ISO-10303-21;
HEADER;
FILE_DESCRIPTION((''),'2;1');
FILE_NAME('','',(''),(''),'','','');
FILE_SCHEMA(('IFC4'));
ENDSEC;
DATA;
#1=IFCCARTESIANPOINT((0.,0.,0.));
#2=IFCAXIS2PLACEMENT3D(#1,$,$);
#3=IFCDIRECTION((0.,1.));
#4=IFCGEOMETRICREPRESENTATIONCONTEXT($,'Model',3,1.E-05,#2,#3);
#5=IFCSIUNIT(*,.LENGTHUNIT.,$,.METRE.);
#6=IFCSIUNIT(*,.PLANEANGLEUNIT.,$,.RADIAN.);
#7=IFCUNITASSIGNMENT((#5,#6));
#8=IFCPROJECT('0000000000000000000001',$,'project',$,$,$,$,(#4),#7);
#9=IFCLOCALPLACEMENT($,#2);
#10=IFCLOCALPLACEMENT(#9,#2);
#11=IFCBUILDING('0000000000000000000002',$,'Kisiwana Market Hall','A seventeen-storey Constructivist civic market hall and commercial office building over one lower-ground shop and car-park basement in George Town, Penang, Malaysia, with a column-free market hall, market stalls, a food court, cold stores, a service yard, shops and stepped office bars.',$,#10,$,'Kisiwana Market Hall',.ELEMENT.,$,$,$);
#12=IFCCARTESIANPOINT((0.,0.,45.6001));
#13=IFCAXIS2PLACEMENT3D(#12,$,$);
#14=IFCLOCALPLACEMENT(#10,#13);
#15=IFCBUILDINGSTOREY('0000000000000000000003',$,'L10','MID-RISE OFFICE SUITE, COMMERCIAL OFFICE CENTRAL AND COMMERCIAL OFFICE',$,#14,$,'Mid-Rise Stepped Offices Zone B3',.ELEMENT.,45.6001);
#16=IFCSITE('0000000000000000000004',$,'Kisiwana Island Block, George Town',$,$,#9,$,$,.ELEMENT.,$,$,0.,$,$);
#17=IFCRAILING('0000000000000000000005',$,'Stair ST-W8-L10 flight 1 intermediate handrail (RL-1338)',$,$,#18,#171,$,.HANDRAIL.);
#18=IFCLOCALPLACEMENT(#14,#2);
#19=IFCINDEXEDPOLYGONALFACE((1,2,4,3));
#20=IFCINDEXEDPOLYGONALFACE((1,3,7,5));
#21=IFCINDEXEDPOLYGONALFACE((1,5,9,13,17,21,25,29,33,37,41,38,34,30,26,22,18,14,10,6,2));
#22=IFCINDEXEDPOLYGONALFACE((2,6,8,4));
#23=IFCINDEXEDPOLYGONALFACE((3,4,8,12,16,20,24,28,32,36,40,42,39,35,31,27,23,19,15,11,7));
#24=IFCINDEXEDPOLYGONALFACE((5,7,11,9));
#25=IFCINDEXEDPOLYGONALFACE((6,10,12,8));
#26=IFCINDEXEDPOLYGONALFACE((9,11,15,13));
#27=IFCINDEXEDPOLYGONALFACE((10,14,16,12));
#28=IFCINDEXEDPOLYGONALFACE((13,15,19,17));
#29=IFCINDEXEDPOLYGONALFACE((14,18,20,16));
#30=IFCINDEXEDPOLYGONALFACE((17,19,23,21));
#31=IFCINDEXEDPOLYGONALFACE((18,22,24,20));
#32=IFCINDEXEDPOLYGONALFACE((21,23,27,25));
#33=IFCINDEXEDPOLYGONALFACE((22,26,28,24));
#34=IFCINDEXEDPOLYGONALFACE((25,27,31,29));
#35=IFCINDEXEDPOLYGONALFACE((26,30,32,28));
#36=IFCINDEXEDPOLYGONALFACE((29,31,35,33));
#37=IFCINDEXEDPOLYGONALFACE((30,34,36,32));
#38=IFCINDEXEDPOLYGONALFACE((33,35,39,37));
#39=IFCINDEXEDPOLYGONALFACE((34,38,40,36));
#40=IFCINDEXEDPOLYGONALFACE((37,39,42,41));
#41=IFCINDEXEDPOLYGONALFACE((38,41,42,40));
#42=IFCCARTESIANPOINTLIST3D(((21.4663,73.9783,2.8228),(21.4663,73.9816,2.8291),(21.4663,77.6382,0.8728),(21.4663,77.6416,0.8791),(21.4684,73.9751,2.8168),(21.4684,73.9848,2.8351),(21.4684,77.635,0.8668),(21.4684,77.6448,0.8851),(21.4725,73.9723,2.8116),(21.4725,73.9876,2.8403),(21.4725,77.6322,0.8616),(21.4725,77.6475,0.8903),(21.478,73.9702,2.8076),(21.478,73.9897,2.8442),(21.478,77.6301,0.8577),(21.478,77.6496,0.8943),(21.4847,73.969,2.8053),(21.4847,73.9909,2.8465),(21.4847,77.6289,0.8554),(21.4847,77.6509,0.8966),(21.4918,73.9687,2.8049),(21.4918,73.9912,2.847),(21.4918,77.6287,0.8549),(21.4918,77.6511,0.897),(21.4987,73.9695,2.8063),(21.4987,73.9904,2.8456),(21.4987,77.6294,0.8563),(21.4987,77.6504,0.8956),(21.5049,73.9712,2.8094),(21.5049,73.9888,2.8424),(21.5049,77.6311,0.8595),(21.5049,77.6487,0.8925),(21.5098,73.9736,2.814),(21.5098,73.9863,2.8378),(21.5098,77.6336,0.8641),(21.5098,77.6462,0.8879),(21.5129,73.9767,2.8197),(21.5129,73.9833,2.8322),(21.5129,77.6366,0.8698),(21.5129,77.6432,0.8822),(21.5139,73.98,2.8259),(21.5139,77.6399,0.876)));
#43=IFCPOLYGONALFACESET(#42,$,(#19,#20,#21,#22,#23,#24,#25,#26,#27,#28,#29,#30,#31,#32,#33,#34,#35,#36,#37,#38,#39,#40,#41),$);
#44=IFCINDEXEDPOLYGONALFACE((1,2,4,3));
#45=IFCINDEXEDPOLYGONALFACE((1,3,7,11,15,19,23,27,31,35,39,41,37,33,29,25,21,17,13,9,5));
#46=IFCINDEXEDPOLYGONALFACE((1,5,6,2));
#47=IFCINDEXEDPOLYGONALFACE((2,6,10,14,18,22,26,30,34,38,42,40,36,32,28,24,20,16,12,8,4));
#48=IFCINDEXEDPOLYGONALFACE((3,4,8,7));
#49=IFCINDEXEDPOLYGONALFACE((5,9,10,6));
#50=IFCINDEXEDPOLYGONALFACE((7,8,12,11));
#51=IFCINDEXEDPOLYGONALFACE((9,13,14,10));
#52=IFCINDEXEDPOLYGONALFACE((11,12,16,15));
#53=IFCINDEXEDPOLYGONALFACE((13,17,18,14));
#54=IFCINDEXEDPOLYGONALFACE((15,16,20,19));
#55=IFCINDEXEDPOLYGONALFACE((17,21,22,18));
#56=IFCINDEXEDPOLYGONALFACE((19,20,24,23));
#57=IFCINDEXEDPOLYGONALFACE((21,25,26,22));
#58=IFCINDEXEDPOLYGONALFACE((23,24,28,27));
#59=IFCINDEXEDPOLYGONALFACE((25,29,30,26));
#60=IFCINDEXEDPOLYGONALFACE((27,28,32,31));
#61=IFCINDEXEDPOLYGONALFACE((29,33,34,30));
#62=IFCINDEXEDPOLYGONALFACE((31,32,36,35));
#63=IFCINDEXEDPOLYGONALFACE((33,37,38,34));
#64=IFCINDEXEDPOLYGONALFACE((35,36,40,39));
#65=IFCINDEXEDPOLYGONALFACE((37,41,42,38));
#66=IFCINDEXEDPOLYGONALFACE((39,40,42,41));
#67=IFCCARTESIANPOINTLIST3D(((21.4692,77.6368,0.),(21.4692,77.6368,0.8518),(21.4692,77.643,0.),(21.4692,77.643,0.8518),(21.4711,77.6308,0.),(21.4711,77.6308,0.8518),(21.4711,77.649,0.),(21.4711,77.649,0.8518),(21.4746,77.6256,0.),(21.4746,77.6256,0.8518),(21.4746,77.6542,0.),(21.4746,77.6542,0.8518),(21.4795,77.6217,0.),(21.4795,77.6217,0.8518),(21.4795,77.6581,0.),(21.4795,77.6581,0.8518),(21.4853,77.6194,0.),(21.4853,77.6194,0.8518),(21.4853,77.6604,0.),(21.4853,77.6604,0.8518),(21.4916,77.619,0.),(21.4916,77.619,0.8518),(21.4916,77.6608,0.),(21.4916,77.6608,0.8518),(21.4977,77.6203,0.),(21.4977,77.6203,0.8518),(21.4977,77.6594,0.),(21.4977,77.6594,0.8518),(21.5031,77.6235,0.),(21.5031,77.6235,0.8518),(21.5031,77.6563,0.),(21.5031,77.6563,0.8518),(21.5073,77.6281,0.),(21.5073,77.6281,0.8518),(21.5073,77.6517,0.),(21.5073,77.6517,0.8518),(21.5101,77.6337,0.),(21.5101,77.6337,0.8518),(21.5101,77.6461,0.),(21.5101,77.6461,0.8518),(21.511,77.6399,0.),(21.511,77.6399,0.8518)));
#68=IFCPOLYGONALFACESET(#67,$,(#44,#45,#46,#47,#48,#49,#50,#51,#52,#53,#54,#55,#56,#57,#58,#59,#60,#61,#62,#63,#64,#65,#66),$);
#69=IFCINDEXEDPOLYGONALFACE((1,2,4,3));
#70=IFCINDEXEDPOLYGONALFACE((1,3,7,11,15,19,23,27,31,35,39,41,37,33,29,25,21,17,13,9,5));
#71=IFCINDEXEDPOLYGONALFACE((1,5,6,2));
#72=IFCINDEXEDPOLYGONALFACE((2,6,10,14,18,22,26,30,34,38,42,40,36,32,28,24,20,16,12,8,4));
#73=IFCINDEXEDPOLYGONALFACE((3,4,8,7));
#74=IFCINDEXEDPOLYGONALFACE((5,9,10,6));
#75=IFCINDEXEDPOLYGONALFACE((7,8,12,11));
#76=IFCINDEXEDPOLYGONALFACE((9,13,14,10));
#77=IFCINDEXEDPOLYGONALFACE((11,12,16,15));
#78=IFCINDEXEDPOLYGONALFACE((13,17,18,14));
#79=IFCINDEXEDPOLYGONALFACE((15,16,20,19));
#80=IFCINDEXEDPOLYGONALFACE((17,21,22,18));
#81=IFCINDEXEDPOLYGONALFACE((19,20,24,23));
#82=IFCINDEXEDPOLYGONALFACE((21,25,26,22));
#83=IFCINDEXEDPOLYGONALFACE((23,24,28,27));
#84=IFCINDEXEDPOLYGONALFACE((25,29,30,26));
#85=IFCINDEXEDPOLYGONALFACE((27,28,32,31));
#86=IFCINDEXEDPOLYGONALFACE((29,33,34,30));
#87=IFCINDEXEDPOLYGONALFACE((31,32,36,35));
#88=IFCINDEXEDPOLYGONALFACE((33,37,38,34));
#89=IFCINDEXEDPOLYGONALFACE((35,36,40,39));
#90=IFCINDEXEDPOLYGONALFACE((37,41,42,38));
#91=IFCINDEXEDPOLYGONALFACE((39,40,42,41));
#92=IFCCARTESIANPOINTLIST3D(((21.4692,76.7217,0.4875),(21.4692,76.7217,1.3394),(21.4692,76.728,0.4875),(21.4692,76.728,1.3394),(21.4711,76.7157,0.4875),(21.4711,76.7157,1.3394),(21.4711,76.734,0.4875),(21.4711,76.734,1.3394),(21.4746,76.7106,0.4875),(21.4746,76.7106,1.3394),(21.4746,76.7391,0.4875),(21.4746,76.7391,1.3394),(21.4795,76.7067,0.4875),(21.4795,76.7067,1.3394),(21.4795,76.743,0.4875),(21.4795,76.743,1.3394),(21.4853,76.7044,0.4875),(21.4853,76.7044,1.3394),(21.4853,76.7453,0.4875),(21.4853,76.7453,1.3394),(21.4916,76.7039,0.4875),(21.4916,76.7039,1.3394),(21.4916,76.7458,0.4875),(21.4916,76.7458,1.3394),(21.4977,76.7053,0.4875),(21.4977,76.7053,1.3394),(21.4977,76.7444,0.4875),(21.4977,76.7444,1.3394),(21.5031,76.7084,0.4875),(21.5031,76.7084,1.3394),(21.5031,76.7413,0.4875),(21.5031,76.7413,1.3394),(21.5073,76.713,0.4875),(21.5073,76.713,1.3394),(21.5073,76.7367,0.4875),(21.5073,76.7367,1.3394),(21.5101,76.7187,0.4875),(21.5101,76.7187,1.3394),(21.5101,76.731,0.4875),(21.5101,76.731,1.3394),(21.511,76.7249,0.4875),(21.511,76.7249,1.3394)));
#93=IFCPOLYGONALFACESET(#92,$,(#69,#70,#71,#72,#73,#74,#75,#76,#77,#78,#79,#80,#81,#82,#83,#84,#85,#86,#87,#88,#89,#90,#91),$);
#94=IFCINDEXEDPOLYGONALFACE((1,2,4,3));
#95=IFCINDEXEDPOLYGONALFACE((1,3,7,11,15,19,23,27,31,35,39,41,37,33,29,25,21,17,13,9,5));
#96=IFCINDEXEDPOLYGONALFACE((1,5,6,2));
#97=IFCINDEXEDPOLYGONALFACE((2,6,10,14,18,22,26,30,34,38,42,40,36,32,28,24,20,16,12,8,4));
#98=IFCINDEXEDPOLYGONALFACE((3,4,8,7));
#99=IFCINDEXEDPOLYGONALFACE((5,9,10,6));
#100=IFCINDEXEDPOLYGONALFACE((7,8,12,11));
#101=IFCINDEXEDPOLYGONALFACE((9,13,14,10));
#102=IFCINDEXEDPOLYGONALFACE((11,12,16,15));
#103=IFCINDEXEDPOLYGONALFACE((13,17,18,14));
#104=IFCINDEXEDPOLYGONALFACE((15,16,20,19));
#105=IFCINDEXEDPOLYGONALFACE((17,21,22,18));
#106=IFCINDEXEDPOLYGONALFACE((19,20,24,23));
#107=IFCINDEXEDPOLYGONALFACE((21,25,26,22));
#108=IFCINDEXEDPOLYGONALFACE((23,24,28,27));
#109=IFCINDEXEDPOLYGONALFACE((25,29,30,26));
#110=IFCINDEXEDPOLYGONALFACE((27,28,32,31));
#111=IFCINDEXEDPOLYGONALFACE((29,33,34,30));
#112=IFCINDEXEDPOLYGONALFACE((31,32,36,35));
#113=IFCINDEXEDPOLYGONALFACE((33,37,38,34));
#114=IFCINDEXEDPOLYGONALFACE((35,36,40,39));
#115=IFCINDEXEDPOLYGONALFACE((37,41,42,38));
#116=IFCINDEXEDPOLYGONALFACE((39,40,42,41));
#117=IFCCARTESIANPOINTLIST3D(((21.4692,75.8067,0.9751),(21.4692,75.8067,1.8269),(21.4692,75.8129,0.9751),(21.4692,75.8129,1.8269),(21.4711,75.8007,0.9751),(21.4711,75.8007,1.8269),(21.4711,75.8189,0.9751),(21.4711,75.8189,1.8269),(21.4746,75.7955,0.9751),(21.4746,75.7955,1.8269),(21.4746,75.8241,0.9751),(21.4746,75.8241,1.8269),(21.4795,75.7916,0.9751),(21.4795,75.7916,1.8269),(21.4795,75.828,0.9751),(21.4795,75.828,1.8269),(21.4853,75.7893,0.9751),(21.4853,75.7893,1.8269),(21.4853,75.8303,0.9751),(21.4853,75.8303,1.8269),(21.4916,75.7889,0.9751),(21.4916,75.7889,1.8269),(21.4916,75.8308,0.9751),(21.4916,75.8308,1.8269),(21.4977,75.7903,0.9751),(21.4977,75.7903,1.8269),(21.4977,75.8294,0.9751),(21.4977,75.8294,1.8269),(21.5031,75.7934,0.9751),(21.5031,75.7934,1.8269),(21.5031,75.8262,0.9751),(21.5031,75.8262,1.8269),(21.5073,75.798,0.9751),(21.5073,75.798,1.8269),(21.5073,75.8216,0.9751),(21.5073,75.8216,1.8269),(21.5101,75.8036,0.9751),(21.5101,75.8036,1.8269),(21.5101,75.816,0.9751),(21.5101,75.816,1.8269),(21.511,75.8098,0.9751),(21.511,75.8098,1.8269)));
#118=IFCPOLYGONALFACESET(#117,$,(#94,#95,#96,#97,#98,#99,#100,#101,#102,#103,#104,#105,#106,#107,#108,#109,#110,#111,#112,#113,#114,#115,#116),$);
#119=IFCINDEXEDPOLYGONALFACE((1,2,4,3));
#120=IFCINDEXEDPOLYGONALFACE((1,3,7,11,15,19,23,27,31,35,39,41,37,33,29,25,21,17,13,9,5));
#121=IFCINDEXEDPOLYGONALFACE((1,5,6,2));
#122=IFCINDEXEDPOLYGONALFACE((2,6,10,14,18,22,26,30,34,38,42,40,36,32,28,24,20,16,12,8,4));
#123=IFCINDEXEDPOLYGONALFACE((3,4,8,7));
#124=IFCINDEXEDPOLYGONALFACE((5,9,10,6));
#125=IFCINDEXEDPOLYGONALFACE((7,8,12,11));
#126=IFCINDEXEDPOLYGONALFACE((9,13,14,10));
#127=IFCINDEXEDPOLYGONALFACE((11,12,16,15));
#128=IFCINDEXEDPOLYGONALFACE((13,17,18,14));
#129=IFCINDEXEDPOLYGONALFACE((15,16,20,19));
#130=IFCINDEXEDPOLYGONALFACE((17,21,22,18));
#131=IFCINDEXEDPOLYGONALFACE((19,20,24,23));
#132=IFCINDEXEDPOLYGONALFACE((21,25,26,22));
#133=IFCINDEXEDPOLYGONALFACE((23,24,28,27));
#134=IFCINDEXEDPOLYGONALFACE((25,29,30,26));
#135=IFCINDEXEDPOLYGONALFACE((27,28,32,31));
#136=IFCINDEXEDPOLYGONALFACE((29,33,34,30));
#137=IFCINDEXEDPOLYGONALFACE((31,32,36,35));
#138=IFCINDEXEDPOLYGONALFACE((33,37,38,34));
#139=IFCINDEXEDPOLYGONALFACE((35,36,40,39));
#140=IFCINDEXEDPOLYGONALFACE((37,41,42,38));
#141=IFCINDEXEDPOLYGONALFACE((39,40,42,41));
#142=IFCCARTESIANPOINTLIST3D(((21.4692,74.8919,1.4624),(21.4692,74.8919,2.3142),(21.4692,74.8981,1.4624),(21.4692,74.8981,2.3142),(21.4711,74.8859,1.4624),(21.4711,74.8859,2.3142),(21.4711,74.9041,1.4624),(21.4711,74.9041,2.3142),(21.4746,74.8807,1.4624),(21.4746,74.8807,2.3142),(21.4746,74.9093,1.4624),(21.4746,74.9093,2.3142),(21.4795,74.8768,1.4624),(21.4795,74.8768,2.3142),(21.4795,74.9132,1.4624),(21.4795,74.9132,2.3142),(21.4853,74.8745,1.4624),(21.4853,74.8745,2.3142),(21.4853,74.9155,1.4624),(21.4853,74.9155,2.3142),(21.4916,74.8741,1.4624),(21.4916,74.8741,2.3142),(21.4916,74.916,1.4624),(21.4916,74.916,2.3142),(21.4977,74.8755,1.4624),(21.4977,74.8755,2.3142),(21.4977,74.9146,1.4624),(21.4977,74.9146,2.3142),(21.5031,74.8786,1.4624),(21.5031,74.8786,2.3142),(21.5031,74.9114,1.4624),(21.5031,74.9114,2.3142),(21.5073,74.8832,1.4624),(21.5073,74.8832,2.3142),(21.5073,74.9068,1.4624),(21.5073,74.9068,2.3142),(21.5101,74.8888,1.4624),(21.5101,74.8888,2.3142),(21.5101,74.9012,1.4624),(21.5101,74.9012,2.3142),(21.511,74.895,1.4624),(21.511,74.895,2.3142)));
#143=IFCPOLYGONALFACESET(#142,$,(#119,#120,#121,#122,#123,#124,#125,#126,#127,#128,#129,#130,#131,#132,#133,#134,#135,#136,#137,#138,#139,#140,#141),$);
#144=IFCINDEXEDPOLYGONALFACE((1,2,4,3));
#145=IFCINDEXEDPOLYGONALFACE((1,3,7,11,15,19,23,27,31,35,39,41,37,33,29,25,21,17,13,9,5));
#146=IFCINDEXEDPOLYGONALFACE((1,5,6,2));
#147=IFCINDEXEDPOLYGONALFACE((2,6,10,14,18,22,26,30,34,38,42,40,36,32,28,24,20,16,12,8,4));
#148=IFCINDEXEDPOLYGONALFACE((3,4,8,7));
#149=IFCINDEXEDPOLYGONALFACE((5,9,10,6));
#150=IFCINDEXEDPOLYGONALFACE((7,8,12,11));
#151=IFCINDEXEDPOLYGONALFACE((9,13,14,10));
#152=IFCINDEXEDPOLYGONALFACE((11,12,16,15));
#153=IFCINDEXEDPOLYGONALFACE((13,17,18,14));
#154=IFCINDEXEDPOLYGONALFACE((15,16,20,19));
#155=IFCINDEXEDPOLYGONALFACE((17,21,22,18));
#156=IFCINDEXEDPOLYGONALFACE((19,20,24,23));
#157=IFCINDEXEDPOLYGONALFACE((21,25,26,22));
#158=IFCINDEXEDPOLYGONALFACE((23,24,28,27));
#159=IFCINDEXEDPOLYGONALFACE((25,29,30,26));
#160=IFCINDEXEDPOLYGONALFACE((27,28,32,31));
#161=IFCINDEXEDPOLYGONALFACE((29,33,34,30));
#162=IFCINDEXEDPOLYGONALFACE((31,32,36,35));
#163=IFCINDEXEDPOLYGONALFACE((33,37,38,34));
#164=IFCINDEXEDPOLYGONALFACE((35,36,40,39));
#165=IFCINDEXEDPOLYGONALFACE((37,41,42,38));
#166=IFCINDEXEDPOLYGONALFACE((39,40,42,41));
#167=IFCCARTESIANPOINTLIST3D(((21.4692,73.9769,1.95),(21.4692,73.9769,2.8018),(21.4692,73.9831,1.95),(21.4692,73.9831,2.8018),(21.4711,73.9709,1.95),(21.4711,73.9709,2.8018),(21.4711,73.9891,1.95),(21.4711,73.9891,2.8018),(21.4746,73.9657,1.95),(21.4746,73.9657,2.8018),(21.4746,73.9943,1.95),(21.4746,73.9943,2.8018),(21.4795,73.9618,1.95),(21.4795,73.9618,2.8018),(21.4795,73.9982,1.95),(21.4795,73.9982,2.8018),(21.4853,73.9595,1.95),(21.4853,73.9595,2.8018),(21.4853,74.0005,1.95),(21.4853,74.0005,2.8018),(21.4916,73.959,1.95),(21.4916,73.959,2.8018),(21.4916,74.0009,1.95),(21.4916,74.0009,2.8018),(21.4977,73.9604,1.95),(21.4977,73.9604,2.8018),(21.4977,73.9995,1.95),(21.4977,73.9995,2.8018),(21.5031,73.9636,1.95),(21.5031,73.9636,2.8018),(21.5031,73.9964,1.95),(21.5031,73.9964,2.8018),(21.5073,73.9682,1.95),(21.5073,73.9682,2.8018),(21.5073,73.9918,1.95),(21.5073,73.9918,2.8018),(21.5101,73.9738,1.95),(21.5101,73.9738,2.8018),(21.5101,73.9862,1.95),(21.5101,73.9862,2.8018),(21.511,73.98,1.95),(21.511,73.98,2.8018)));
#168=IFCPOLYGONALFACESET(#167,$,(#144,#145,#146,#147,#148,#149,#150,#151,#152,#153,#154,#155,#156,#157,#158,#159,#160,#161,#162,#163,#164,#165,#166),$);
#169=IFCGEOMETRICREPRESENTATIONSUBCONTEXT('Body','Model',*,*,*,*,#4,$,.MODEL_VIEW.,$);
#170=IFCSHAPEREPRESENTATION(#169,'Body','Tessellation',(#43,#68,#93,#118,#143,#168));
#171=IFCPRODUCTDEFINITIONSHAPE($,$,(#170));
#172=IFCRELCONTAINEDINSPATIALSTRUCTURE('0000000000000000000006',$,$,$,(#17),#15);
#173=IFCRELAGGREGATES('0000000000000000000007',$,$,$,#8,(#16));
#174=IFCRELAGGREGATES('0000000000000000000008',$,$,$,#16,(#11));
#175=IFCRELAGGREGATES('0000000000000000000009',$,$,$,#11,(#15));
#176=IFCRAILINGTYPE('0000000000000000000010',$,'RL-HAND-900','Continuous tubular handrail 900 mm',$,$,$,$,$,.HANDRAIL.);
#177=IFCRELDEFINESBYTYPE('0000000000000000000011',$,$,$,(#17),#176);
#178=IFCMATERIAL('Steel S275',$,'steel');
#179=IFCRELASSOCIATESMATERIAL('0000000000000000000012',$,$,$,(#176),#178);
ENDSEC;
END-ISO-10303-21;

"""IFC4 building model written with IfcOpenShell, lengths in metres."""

from ifc_helpers import new_model, si_unit, direction, frame, origin, origin_2d, place, context, subcontext, project, spatial, circle, extrude, material, type_object, element, save


model = new_model("IFC4")

# Units and contexts
model_context = context("Model", 3, precision=1e-05, world=origin(), true_north=direction((0.0, 1.0)))
body_context = subcontext(model_context, "Body", "Model", "MODEL_VIEW")
ifc_project = project(units=[si_unit("LENGTHUNIT", "METRE"), si_unit("PLANEANGLEUNIT", "RADIAN")], contexts=[model_context])

# Site, building, storey
site_placement = place(None, origin())
site = spatial("IfcSite", under=ifc_project, at=site_placement, Name="Kisiwana Island Block, George Town", CompositionType="ELEMENT", RefElevation=0.0)
building_placement = place(site_placement, origin())
building = spatial("IfcBuilding", under=site, at=building_placement, Name="Kisiwana Market Hall", Description="A seventeen-storey Constructivist civic market hall and commercial office building over one lower-ground shop and car-park basement in George Town, Penang, Malaysia, with a column-free market hall, market stalls, a food court, cold stores, a service yard, shops and stepped office bars.", LongName="Kisiwana Market Hall", CompositionType="ELEMENT")
storey_placement = place(building_placement, frame((0.0, 0.0, 45.6001)))
storey = spatial("IfcBuildingStorey", under=building, at=storey_placement, Name="L10", Description="MID-RISE OFFICE SUITE, COMMERCIAL OFFICE CENTRAL AND COMMERCIAL OFFICE", LongName="Mid-Rise Stepped Offices Zone B3", CompositionType="ELEMENT", Elevation=45.6001)

# Railing
ifc_material_1 = material(Name="Steel S275", Category="steel")
railing_type_1 = type_object("IfcRailingType", Name="RL-HAND-900", Description="Continuous tubular handrail 900 mm", PredefinedType="HANDRAIL", material=ifc_material_1)
railing_1_placement = place(storey_placement, frame((21.49, 77.6399, 0.0)))
element("IfcRailing", 1, at=railing_1_placement, inside=storey, type_object=railing_type_1, Name="Stair ST-W8-L10 flight 1 intermediate handrail (RL-1338)", PredefinedType="HANDRAIL", context=body_context, shape_type="SweptSolid", body=[
    extrude(circle(Radius=0.0239, at=origin_2d()), frame((0.0, 0.0, 0.876), z_axis=(0.0, -0.882553, 0.470212), x_axis=(1.0, 0.0, 0.0)), (0.0, 0.0, 1.0), 4.147),
    extrude(circle(Radius=0.021, at=origin_2d()), origin(), (0.0, 0.0, 1.0), 0.8518),
    extrude(circle(Radius=0.021, at=origin_2d()), frame((0.0, -0.915, 0.4875)), (0.0, 0.0, 1.0), 0.8518),
    extrude(circle(Radius=0.021, at=origin_2d()), frame((0.0, -1.8301, 0.9751)), (0.0, 0.0, 1.0), 0.8518),
    extrude(circle(Radius=0.021, at=origin_2d()), frame((0.0, -2.7449, 1.4624)), (0.0, 0.0, 1.0), 0.8518),
    extrude(circle(Radius=0.021, at=origin_2d()), frame((0.0, -3.6599, 1.95)), (0.0, 0.0, 1.0), 0.8518),
])

save(model, "model.ifc")
